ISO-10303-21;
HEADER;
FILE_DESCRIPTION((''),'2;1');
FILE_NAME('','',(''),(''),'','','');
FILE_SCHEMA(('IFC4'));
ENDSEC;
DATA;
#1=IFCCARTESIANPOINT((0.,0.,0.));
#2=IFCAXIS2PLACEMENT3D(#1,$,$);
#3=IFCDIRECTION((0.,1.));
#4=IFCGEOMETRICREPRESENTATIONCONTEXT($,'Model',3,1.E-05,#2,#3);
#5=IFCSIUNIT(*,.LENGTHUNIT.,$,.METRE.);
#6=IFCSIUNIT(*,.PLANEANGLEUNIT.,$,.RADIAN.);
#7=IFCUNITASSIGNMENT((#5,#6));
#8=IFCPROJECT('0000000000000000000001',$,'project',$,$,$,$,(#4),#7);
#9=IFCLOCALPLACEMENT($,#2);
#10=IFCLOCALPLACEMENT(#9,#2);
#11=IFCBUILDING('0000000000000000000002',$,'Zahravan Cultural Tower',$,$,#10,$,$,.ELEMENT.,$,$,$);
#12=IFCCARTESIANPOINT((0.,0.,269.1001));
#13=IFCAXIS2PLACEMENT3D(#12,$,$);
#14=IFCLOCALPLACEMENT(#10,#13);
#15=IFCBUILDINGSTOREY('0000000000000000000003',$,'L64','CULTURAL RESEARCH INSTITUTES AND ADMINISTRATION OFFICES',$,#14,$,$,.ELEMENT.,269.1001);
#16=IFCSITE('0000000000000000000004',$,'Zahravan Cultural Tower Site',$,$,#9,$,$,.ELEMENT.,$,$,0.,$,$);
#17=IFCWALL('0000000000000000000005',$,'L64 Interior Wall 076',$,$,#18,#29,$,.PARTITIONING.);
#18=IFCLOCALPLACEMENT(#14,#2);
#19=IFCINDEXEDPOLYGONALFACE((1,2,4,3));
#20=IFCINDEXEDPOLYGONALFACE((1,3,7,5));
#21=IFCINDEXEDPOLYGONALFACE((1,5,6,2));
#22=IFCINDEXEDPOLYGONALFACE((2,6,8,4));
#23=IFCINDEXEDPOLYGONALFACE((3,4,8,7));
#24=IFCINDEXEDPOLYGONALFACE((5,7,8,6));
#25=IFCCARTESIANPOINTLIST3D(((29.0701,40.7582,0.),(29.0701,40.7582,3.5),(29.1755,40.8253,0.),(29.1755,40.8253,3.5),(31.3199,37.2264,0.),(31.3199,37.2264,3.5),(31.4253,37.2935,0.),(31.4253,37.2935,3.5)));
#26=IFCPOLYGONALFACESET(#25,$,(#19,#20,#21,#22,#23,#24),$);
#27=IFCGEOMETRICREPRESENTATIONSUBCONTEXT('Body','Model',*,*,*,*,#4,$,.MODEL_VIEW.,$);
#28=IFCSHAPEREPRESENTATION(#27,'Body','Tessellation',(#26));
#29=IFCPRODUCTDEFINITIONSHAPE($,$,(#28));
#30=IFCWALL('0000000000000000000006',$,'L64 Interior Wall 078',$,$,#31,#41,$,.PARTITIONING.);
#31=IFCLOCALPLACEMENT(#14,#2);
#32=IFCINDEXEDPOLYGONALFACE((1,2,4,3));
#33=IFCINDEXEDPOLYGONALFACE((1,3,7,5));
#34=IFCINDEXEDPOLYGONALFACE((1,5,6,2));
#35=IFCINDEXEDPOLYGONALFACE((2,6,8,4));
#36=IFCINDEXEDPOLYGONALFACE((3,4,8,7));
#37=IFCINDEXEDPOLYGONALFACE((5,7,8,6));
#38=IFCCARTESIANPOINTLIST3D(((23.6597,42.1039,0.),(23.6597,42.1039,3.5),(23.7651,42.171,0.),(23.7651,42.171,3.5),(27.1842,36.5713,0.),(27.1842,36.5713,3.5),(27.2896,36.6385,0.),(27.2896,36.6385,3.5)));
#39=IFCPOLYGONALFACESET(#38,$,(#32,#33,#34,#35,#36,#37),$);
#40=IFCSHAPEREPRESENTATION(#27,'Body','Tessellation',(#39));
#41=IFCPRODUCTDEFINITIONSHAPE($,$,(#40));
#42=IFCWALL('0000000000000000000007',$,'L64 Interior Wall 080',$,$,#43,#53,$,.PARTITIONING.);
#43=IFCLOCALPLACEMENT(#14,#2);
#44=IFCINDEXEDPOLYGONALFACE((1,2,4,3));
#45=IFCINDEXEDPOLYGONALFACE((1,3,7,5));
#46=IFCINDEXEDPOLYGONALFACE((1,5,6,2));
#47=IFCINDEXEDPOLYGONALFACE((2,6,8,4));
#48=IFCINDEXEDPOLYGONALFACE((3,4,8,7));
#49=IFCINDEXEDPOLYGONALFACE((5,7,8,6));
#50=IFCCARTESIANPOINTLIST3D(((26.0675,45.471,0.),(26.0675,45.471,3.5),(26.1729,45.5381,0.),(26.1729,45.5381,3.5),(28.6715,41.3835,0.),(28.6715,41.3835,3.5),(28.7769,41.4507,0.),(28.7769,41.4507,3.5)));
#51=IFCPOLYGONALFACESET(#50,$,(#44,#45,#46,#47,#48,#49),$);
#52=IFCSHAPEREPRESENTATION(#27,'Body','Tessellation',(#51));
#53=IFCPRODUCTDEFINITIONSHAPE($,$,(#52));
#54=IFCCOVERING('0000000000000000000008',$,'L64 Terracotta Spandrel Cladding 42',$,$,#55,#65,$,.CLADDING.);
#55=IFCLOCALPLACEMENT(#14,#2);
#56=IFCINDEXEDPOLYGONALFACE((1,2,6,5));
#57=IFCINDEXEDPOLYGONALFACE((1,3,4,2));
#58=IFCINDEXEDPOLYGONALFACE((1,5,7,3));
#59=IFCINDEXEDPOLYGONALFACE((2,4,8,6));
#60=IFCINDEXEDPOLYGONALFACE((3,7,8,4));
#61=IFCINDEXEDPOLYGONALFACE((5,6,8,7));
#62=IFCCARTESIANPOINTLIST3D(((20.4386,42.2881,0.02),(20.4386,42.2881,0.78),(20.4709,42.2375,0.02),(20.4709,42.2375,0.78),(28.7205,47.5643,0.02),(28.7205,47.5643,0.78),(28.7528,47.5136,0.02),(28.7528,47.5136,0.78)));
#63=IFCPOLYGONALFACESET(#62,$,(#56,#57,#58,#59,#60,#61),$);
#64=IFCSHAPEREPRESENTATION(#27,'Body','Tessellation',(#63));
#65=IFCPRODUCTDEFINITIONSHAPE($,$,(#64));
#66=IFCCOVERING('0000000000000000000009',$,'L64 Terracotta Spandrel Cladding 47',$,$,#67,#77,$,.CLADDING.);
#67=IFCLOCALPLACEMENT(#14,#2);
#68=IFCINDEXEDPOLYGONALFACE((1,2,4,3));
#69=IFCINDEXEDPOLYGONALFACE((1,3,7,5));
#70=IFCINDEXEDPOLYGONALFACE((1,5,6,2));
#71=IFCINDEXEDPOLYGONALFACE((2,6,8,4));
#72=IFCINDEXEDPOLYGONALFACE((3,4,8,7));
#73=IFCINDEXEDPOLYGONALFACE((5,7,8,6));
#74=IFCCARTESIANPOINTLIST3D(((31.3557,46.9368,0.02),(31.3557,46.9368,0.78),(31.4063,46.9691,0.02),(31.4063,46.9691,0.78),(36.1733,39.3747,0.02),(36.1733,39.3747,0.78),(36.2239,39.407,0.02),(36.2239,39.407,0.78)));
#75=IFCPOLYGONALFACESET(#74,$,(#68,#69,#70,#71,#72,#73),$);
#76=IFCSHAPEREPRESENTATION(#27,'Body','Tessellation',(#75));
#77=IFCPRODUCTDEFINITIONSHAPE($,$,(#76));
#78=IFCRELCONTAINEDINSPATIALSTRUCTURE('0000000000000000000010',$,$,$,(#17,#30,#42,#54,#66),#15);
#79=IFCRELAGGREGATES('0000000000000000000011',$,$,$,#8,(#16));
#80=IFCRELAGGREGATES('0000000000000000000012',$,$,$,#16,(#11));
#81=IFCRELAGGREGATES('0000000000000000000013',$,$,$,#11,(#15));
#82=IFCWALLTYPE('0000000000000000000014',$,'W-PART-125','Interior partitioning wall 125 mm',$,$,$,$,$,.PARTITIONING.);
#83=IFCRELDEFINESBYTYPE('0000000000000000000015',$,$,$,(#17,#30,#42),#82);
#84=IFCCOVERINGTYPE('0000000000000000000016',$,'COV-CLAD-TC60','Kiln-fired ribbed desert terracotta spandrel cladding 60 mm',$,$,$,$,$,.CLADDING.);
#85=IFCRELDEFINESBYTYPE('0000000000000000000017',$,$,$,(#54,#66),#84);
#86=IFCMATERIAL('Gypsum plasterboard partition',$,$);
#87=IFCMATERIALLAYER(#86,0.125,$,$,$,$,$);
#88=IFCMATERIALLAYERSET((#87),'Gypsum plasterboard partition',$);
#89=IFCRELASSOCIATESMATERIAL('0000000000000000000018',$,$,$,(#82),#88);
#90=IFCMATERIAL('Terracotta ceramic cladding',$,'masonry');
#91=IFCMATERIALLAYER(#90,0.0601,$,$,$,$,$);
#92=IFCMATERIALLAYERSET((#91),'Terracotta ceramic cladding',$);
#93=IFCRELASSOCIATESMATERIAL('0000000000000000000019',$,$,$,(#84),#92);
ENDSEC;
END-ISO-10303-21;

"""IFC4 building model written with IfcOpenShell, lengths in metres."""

from ifc_helpers import new_model, si_unit, direction, frame, frame_2d, origin, origin_2d, place, context, subcontext, project, spatial, rectangle, extrude, source, transform, mapped, material, layer, layer_set, type_object, element, save


model = new_model("IFC4")

# Units and contexts
model_context = context("Model", 3, precision=1e-05, world=origin(), true_north=direction((0.0, 1.0)))
body_context = subcontext(model_context, "Body", "Model", "MODEL_VIEW")
ifc_project = project(units=[si_unit("LENGTHUNIT", "METRE"), si_unit("PLANEANGLEUNIT", "RADIAN")], contexts=[model_context])

# Site, building, storey
site_placement = place(None, origin())
site = spatial("IfcSite", under=ifc_project, at=site_placement, Name="Zahravan Cultural Tower Site", CompositionType="ELEMENT", RefElevation=0.0)
building_placement = place(site_placement, origin())
building = spatial("IfcBuilding", under=site, at=building_placement, Name="Zahravan Cultural Tower", CompositionType="ELEMENT")
storey_placement = place(building_placement, frame((0.0, 0.0, 269.1001)))
storey = spatial("IfcBuildingStorey", under=building, at=storey_placement, Name="L64", Description="CULTURAL RESEARCH INSTITUTES AND ADMINISTRATION OFFICES", CompositionType="ELEMENT", Elevation=269.1001)

# Shared definitions
ifc_material_1 = material(Name="Gypsum plasterboard partition")
ifc_layer_1 = layer(ifc_material_1, 0.125)
ifc_layer_set_1 = layer_set([ifc_layer_1], Name="Gypsum plasterboard partition")
wall_type_1 = type_object("IfcWallType", Name="W-PART-125", Description="Interior partitioning wall 125 mm", PredefinedType="PARTITIONING", material=ifc_layer_set_1)

# Walls
shared_shape_1 = source(origin(), body_context, "Body", "SweptSolid", [
    extrude(rectangle(XDim=4.1875, YDim=0.125, at=frame_2d((2.0938, 0.0))), origin(), (0.0, 0.0, 1.0), 3.5),
])
wall_1_placement = place(storey_placement, frame((29.1228, 40.7917, 0.0), z_axis=(0.0, 0.0, 1.0), x_axis=(0.537264, -0.843414, 0.0)))
element("IfcWall", 1, at=wall_1_placement, inside=storey, type_object=wall_type_1, Name="L64 Interior Wall 076", PredefinedType="PARTITIONING", context=body_context, shape_type="MappedRepresentation", body=[
    mapped(shared_shape_1, transform((0.0, 0.0, 0.0), x_axis=(1.0, 0.0, 0.0), y_axis=(0.0, 1.0, 0.0), z_axis=(0.0, 0.0, 1.0), scale=1.0)),
])
shared_shape_2 = source(origin(), body_context, "Body", "SweptSolid", [
    extrude(rectangle(XDim=6.5598, YDim=0.125, at=frame_2d((3.2798, 0.0))), origin(), (0.0, 0.0, 1.0), 3.5),
])
wall_2_placement = place(storey_placement, frame((27.2368, 36.605, 0.0), z_axis=(0.0, 0.0, 1.0), x_axis=(-0.537282, 0.843402, 0.0)))
element("IfcWall", 2, at=wall_2_placement, inside=storey, type_object=wall_type_1, Name="L64 Interior Wall 078", PredefinedType="PARTITIONING", context=body_context, shape_type="MappedRepresentation", body=[
    mapped(shared_shape_2, transform((0.0, 0.0, 0.0), x_axis=(1.0, 0.0, 0.0), y_axis=(0.0, 1.0, 0.0), z_axis=(0.0, 0.0, 1.0), scale=1.0)),
])
shared_shape_3 = source(origin(), body_context, "Body", "SweptSolid", [
    extrude(rectangle(XDim=4.8464, YDim=0.125, at=frame_2d((2.4233, 0.0))), origin(), (0.0, 0.0, 1.0), 3.5),
])
wall_3_placement = place(storey_placement, frame((26.1201, 45.5046, 0.0), z_axis=(0.0, 0.0, 1.0), x_axis=(0.537306, -0.843388, 0.0)))
element("IfcWall", 3, at=wall_3_placement, inside=storey, type_object=wall_type_1, Name="L64 Interior Wall 080", PredefinedType="PARTITIONING", context=body_context, shape_type="MappedRepresentation", body=[
    mapped(shared_shape_3, transform((0.0, 0.0, 0.0), x_axis=(1.0, 0.0, 0.0), y_axis=(0.0, 1.0, 0.0), z_axis=(0.0, 0.0, 1.0), scale=1.0)),
])

# Coverings
ifc_material_2 = material(Name="Terracotta ceramic cladding", Category="masonry")
ifc_layer_2 = layer(ifc_material_2, 0.0601)
ifc_layer_set_2 = layer_set([ifc_layer_2], Name="Terracotta ceramic cladding")
covering_type = type_object("IfcCoveringType", Name="COV-CLAD-TC60", Description="Kiln-fired ribbed desert terracotta spandrel cladding 60 mm", PredefinedType="CLADDING", material=ifc_layer_set_2)
shared_shape_4 = source(origin(), body_context, "Body", "SweptSolid", [
    extrude(rectangle(XDim=9.8198, YDim=0.0601, at=origin_2d()), origin(), (0.0, 0.0, 1.0), 0.76),
])
covering_1_placement = place(storey_placement, frame((24.5957, 44.9009, 0.02), z_axis=(0.0, 0.0, 1.0), x_axis=(0.843391, 0.5373, 0.0)))
element("IfcCovering", 4, at=covering_1_placement, inside=storey, type_object=covering_type, Name="L64 Terracotta Spandrel Cladding 42", PredefinedType="CLADDING", context=body_context, shape_type="MappedRepresentation", body=[
    mapped(shared_shape_4, transform((0.0, 0.0, 0.0), x_axis=(1.0, 0.0, 0.0), y_axis=(0.0, 1.0, 0.0), z_axis=(0.0, 0.0, 1.0), scale=1.0)),
])
shared_shape_5 = source(origin(), body_context, "Body", "SweptSolid", [
    extrude(rectangle(XDim=8.9663, YDim=0.0601, at=origin_2d()), origin(), (0.0, 0.0, 1.0), 0.76),
])
covering_2_placement = place(storey_placement, frame((33.7898, 43.1719, 0.02), z_axis=(0.0, 0.0, 1.0), x_axis=(0.5373, -0.843391, 0.0)))
element("IfcCovering", 5, at=covering_2_placement, inside=storey, type_object=covering_type, Name="L64 Terracotta Spandrel Cladding 47", PredefinedType="CLADDING", context=body_context, shape_type="MappedRepresentation", body=[
    mapped(shared_shape_5, transform((0.0, 0.0, 0.0), x_axis=(1.0, 0.0, 0.0), y_axis=(0.0, 1.0, 0.0), z_axis=(0.0, 0.0, 1.0), scale=1.0)),
])

save(model, "model.ifc")
